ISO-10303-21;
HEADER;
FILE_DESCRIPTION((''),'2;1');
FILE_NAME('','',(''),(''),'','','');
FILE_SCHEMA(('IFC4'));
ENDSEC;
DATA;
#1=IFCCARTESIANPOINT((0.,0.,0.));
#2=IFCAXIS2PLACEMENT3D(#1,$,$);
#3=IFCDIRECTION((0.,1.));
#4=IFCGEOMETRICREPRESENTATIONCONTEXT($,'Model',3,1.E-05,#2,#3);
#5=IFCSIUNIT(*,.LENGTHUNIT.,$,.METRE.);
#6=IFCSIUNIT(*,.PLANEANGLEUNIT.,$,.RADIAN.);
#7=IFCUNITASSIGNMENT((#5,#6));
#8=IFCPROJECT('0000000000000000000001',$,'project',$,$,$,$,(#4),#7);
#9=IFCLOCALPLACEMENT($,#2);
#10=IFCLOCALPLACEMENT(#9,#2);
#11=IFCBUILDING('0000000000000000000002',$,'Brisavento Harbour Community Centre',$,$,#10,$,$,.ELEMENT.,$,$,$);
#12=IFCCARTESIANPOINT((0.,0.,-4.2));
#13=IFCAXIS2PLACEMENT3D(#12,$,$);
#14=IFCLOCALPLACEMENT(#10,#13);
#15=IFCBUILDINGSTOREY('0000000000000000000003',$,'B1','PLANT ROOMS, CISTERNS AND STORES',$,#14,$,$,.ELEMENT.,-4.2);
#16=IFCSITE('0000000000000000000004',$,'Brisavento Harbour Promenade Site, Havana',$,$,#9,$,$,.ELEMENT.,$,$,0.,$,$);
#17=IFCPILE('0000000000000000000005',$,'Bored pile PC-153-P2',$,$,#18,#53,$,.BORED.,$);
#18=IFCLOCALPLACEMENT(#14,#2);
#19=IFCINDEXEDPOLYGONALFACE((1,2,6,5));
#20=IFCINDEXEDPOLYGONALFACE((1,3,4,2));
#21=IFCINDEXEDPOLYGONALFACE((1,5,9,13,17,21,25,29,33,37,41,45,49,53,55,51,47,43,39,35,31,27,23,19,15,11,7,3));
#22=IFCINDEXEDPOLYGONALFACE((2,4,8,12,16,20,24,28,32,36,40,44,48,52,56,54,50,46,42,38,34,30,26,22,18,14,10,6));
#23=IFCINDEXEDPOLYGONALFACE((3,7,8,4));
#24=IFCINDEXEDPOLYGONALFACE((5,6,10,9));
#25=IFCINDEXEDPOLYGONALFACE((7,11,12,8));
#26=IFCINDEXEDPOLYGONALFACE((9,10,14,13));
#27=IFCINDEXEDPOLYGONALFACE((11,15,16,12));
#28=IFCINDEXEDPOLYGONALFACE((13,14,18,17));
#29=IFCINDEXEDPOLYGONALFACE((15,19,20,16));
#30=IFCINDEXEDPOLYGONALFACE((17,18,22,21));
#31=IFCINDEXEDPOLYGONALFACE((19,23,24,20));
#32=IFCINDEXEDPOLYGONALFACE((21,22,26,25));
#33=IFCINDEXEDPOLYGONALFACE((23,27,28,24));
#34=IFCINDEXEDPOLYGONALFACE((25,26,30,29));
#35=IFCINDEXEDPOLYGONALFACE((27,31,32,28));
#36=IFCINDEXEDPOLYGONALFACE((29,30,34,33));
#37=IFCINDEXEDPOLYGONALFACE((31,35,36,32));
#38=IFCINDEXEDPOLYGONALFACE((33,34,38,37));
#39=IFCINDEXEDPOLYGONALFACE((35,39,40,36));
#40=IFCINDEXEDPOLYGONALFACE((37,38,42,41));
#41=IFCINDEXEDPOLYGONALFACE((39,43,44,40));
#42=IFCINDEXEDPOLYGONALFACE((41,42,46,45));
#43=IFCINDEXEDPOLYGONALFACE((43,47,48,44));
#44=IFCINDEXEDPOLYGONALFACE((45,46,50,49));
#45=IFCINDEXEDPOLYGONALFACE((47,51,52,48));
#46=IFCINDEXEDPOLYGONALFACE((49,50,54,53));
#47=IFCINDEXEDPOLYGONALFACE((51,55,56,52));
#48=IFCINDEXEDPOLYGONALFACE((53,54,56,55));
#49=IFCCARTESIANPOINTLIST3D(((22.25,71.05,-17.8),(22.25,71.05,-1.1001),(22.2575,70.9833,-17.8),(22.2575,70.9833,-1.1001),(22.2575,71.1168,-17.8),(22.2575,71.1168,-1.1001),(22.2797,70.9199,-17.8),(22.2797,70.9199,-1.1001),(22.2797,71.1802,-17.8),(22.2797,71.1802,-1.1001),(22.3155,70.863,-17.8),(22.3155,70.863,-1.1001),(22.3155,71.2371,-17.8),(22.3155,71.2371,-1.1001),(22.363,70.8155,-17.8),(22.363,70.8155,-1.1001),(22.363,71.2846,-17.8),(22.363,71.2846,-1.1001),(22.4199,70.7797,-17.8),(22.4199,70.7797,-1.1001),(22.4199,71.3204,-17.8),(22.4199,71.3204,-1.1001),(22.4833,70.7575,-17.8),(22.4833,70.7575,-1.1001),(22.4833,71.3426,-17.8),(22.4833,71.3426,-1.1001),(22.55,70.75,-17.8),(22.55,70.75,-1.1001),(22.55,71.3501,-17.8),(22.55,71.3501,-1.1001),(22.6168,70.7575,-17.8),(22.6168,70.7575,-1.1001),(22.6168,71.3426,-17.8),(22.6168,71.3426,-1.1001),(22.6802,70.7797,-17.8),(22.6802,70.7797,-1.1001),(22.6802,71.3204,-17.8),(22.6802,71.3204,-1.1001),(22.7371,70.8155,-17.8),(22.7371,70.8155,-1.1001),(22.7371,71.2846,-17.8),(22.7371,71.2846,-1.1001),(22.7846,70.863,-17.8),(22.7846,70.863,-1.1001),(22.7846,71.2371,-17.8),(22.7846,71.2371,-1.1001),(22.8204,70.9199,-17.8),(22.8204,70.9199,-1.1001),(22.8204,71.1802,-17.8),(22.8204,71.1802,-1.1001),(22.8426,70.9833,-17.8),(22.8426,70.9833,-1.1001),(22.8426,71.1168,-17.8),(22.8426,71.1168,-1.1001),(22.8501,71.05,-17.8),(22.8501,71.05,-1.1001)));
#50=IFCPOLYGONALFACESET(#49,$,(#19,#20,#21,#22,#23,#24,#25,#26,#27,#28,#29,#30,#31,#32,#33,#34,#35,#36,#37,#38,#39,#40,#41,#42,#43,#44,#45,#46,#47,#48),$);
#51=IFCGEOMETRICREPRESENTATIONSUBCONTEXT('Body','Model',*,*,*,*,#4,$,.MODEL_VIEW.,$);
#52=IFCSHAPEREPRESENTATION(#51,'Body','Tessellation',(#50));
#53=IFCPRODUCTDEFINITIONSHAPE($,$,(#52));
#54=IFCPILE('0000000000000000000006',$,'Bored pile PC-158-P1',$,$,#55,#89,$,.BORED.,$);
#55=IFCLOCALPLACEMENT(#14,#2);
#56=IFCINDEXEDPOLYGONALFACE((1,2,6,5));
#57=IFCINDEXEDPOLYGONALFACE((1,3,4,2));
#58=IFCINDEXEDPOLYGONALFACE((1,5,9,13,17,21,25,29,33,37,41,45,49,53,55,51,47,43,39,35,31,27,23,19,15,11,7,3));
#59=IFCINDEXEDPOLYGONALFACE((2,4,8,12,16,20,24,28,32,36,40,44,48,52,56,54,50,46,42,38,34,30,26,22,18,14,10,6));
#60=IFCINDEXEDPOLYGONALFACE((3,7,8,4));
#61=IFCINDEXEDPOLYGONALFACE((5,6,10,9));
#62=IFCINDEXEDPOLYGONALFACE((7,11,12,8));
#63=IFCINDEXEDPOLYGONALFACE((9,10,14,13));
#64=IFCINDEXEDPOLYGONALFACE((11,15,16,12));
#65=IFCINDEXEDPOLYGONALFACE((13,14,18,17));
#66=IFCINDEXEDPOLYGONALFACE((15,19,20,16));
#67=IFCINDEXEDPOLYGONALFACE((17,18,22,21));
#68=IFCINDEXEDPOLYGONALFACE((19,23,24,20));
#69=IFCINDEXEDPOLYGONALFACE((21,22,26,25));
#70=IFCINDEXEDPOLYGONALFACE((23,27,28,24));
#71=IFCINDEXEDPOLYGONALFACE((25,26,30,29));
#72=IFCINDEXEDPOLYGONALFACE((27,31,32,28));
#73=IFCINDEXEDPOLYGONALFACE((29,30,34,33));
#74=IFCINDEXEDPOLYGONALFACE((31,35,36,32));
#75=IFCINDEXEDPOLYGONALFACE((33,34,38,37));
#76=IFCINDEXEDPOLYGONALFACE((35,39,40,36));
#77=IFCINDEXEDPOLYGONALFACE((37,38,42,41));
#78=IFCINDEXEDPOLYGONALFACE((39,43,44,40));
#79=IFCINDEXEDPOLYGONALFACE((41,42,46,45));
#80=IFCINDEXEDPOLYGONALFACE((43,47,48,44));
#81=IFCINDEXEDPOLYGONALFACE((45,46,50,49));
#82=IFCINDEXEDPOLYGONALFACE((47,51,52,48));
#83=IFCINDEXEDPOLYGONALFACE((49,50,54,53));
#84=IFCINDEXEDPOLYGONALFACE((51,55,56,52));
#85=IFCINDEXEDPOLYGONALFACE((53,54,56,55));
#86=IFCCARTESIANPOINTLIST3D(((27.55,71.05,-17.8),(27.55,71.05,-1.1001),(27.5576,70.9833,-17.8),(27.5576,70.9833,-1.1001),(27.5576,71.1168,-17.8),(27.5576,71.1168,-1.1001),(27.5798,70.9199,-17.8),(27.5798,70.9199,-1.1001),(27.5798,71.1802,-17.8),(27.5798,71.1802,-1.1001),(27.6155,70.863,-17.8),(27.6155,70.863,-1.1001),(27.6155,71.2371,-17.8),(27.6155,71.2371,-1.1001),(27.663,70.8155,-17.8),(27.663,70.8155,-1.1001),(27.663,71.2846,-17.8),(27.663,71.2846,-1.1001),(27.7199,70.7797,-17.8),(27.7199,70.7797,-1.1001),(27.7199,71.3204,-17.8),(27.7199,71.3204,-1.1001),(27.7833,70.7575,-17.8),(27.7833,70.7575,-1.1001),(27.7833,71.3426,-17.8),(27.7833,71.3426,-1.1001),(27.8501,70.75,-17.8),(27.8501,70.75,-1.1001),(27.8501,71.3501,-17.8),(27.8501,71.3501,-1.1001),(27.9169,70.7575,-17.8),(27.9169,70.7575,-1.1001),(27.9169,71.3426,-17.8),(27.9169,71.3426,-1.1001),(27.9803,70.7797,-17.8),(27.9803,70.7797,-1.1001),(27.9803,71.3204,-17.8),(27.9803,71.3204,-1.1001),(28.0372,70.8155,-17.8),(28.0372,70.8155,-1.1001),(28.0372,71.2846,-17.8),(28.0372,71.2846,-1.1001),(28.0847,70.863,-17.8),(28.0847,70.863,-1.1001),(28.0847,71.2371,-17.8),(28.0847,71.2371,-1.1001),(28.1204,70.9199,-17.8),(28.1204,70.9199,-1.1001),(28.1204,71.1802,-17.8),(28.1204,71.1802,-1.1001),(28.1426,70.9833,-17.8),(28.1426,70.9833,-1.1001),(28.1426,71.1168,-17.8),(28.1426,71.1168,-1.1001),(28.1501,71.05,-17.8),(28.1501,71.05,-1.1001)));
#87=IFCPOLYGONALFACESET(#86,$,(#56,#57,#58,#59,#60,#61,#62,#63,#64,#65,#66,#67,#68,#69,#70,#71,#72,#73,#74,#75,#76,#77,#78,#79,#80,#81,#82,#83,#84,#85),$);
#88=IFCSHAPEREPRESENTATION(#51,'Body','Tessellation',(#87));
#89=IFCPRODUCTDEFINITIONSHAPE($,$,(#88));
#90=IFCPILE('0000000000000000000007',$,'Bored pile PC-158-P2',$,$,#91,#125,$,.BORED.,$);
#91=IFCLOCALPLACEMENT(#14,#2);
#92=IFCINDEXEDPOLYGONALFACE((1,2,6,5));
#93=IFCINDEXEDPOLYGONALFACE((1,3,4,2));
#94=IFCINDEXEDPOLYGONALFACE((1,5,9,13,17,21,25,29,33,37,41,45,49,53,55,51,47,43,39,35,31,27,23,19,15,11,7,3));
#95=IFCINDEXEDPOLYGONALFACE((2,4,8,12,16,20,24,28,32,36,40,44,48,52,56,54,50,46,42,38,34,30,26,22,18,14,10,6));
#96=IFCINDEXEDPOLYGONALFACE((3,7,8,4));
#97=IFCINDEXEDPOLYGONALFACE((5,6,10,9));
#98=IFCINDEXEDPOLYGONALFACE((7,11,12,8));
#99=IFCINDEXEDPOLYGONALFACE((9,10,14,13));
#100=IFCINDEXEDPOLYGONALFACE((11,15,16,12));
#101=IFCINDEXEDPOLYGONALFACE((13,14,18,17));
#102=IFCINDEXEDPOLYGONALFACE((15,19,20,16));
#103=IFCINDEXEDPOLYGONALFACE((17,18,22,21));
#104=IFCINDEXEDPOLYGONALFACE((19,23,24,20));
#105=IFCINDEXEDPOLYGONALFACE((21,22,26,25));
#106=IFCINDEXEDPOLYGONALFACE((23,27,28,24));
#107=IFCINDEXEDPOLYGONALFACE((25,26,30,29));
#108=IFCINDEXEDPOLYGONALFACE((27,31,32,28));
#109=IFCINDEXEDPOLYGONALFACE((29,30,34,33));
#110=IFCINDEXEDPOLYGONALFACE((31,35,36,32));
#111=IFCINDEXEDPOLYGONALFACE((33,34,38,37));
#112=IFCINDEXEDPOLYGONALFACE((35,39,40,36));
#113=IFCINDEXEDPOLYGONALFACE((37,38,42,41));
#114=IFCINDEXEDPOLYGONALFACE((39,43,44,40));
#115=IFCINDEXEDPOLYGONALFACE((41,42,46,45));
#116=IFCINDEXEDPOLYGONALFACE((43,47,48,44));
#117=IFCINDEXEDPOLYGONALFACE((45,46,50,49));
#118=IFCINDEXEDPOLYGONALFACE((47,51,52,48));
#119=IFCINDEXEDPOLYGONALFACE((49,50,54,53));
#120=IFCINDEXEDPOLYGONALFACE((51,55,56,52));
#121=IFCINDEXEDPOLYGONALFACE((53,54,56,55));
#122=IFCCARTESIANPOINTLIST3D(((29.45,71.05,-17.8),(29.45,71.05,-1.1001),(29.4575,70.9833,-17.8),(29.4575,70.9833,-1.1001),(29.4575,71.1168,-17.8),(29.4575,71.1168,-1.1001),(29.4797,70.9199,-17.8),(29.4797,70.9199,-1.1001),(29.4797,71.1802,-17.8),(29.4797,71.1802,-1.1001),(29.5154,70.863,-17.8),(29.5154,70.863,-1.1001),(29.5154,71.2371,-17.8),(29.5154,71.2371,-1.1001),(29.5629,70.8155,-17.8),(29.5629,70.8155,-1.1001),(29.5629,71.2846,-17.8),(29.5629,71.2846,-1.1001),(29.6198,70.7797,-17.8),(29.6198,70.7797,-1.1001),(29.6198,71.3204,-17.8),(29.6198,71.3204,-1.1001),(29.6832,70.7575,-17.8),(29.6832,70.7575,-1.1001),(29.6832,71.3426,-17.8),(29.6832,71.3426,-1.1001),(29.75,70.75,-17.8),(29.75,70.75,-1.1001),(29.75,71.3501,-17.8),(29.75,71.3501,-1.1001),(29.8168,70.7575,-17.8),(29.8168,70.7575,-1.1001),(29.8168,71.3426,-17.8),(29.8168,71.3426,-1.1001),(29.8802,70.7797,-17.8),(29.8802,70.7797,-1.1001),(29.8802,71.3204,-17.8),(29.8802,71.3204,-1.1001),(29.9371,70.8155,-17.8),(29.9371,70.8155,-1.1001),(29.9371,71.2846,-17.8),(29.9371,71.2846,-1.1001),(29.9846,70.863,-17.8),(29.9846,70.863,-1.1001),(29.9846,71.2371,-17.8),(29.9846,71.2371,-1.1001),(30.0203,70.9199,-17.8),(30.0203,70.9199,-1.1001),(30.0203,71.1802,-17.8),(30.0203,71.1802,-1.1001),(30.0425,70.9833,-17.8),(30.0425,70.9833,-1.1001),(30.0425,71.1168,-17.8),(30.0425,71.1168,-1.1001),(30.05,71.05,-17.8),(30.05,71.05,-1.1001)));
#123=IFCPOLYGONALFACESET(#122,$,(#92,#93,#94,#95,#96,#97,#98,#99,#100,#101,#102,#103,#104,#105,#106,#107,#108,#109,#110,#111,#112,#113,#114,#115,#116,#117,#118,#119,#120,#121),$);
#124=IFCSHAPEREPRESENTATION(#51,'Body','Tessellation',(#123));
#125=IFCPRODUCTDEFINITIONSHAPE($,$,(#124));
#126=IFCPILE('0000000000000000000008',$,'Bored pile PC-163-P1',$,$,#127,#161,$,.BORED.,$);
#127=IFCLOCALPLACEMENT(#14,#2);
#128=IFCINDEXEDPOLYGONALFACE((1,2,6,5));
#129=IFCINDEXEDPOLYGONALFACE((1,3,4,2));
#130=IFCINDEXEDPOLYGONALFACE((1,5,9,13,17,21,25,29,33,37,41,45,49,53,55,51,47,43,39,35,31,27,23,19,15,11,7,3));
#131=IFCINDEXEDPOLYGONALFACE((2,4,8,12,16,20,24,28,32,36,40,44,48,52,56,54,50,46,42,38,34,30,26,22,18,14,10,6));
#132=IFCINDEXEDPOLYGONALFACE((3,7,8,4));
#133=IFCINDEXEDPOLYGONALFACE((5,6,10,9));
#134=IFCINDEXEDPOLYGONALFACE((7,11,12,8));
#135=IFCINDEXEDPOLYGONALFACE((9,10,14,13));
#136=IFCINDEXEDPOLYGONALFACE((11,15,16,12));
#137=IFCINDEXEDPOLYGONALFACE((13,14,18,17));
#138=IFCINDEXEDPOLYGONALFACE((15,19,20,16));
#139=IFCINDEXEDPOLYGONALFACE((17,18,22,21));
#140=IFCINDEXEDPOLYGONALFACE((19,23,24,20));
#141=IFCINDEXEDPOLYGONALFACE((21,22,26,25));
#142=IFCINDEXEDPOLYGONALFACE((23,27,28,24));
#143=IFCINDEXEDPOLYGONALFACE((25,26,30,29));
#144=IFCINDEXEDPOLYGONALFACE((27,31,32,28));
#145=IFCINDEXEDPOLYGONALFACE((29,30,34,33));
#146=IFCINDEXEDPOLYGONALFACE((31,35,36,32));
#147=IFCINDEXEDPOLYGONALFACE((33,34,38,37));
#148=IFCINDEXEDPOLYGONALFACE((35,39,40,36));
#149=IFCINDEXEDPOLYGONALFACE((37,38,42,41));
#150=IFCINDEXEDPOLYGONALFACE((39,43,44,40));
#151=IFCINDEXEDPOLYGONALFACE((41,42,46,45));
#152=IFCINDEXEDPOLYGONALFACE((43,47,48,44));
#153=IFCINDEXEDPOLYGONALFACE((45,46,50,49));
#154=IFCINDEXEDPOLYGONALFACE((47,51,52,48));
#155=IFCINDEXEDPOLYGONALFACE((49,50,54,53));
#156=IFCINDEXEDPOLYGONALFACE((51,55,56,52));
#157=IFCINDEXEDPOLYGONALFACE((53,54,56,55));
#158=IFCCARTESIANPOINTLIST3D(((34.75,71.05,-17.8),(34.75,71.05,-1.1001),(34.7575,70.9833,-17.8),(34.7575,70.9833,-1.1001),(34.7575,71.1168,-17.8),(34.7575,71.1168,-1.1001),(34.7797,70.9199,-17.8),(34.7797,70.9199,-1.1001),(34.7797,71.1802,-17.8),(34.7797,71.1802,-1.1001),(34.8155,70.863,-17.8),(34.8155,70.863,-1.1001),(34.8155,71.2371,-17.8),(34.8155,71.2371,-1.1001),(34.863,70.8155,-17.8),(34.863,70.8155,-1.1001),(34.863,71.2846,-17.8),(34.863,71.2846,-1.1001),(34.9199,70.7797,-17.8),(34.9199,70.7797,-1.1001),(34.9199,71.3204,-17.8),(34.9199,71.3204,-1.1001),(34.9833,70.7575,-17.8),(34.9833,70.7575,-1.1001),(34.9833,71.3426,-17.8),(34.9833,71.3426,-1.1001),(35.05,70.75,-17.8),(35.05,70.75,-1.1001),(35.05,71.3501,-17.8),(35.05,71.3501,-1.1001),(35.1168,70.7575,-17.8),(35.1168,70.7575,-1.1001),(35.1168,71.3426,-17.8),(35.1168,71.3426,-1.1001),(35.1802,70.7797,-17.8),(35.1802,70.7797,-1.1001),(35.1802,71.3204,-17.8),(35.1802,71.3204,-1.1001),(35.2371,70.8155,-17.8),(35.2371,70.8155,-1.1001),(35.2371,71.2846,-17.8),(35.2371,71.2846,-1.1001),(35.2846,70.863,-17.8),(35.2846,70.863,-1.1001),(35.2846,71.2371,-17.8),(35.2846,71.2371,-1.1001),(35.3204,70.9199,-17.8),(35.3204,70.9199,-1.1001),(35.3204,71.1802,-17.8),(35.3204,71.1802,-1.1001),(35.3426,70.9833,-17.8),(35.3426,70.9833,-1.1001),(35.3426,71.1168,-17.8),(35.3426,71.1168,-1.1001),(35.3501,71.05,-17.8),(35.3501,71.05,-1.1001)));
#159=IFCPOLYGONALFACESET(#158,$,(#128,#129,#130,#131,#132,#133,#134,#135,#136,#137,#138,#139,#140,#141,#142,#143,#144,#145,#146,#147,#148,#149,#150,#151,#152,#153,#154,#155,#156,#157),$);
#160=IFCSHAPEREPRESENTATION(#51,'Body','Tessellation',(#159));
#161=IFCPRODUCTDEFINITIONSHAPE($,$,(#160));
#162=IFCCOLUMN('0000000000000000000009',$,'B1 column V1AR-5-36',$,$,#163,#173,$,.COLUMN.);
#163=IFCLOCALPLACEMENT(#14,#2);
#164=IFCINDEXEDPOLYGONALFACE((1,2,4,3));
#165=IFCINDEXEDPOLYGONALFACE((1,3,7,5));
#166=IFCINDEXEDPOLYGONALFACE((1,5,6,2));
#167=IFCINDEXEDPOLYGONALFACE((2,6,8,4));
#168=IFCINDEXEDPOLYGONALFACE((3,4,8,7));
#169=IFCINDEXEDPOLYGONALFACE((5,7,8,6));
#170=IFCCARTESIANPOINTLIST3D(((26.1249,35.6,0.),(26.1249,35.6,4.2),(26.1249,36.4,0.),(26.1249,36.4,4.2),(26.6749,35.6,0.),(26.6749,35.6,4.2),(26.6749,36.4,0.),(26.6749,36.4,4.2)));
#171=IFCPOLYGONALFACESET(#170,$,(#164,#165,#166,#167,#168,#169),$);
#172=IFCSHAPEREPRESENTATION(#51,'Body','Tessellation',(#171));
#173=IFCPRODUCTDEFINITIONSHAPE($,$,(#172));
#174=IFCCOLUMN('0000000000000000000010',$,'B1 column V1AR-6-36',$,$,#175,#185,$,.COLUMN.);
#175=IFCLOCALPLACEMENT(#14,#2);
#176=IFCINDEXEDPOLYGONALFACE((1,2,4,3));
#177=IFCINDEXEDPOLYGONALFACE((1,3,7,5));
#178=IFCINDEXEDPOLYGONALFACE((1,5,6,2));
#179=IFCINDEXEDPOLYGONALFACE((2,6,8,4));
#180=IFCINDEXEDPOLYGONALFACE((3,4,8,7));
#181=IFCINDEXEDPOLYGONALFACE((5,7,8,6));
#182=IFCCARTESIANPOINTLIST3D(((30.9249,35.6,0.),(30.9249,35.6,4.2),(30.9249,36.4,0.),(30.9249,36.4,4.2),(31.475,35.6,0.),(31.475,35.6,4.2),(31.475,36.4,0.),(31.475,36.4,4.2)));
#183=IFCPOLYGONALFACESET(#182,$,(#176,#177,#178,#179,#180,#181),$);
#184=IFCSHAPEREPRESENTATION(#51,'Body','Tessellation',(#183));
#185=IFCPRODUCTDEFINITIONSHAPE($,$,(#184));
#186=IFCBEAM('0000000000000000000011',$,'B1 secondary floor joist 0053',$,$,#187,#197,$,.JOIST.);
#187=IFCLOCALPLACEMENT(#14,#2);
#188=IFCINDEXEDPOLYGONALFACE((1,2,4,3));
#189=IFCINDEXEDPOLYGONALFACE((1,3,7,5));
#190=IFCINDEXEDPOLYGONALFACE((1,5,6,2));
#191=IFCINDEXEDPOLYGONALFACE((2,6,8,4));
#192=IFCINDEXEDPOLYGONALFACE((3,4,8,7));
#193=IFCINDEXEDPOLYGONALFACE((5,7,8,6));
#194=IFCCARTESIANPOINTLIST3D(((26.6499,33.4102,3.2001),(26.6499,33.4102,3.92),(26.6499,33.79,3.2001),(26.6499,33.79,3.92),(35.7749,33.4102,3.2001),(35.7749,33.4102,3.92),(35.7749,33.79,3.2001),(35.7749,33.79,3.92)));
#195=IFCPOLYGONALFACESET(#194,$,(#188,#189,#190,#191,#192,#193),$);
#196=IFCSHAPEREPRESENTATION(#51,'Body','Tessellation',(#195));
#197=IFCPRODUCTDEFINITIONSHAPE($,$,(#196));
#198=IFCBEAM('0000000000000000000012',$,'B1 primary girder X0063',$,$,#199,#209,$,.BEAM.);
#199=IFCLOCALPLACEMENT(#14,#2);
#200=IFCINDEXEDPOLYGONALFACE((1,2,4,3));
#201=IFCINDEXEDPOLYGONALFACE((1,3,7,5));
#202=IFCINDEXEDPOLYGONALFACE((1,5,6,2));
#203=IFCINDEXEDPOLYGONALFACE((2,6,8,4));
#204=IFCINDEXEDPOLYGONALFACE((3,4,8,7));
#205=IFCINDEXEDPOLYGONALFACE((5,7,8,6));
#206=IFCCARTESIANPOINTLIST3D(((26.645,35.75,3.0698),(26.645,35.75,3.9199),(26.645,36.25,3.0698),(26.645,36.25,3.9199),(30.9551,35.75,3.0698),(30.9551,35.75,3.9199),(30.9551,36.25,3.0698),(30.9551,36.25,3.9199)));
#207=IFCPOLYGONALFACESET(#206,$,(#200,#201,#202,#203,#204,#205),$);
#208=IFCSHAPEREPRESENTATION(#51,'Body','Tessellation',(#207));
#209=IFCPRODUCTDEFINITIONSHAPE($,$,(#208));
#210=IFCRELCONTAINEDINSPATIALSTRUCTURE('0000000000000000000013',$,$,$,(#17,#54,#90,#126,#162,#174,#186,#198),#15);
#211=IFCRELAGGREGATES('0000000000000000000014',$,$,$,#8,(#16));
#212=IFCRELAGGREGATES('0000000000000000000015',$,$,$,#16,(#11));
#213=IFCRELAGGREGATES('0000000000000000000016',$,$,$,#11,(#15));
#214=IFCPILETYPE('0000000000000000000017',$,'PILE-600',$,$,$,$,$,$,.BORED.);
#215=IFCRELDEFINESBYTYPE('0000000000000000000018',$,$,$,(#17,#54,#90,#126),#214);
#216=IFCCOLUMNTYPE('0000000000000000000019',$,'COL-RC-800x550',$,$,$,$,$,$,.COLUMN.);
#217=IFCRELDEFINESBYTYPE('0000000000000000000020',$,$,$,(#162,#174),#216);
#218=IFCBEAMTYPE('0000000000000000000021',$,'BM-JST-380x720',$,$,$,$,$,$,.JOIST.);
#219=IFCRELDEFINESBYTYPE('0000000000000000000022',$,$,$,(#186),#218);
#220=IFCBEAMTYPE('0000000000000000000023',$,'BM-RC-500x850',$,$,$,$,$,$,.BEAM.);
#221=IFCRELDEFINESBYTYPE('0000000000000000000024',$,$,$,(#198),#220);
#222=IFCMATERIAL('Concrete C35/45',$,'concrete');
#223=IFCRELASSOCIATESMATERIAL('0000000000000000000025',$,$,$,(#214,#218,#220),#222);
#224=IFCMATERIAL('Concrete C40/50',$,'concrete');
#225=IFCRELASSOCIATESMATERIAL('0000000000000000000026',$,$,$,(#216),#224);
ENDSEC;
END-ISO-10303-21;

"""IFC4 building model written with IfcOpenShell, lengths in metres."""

from ifc_helpers import new_model, si_unit, direction, frame, origin, origin_2d, place, context, subcontext, project, spatial, rectangle, circle, extrude, material, material_profile, profile_set, type_object, element, save


model = new_model("IFC4")

# Units and contexts
model_context = context("Model", 3, precision=1e-05, world=origin(), true_north=direction((0.0, 1.0)))
body_context = subcontext(model_context, "Body", "Model", "MODEL_VIEW")
ifc_project = project(units=[si_unit("LENGTHUNIT", "METRE"), si_unit("PLANEANGLEUNIT", "RADIAN")], contexts=[model_context])

# Site, building, storey
site_placement = place(None, origin())
site = spatial("IfcSite", under=ifc_project, at=site_placement, Name="Brisavento Harbour Promenade Site, Havana", CompositionType="ELEMENT", RefElevation=0.0)
building_placement = place(site_placement, origin())
building = spatial("IfcBuilding", under=site, at=building_placement, Name="Brisavento Harbour Community Centre", CompositionType="ELEMENT")
storey_placement = place(building_placement, frame((0.0, 0.0, -4.2)))
storey = spatial("IfcBuildingStorey", under=building, at=storey_placement, Name="B1", Description="PLANT ROOMS, CISTERNS AND STORES", CompositionType="ELEMENT", Elevation=-4.2)

# Shared definitions
ifc_material_1 = material(Name="Concrete C35/45", Category="concrete")

# Piles
ifc_material_profile_1 = material_profile(ifc_material_1, circle(Radius=0.3, at=origin_2d()), Name="Concrete C35/45")
ifc_profile_set_1 = profile_set([ifc_material_profile_1], Name="Concrete C35/45")
pile_type = type_object("IfcPileType", Name="PILE-600", PredefinedType="BORED", material=ifc_profile_set_1)
for number, where, z_axis, x_axis, name in (
    (1, (22.55, 71.05, -1.1001), (0.0, 0.0, -1.0), (1.0, 0.0, 0.0), "Bored pile PC-153-P2"),
    (2, (27.8501, 71.05, -1.1001), (0.0, 0.0, -1.0), (1.0, 0.0, 0.0), "Bored pile PC-158-P1"),
    (3, (29.75, 71.05, -1.1001), (0.0, 0.0, -1.0), (1.0, 0.0, 0.0), "Bored pile PC-158-P2"),
    (4, (35.05, 71.05, -1.1001), (0.0, 0.0, -1.0), (1.0, 0.0, 0.0), "Bored pile PC-163-P1"),
):
    element("IfcPile", number, at=place(storey_placement, frame(where, z_axis=z_axis, x_axis=x_axis)), inside=storey, type_object=pile_type, Name=name, PredefinedType="BORED", context=body_context, shape_type="SweptSolid", body=[
        extrude(circle(Radius=0.3, at=origin_2d()), origin(), (0.0, 0.0, 1.0), 16.7),
    ])

# Columns
ifc_material_2 = material(Name="Concrete C40/50", Category="concrete")
ifc_material_profile_2 = material_profile(ifc_material_2, rectangle(XDim=0.55, YDim=0.8, at=origin_2d()), Name="Concrete C40/50")
ifc_profile_set_2 = profile_set([ifc_material_profile_2], Name="Concrete C40/50")
column_type = type_object("IfcColumnType", Name="COL-RC-800x550", PredefinedType="COLUMN", material=ifc_profile_set_2)
for number, where, z_axis, x_axis, name in (
    (5, (26.3999, 36.0, 0.0), (0.0, 0.0, 1.0), (1.0, 0.0, 0.0), "B1 column V1AR-5-36"),
    (6, (31.2, 36.0, 0.0), (0.0, 0.0, 1.0), (1.0, 0.0, 0.0), "B1 column V1AR-6-36"),
):
    element("IfcColumn", number, at=place(storey_placement, frame(where, z_axis=z_axis, x_axis=x_axis)), inside=storey, type_object=column_type, Name=name, PredefinedType="COLUMN", context=body_context, shape_type="SweptSolid", body=[
        extrude(rectangle(XDim=0.55, YDim=0.8, at=origin_2d()), origin(), (0.0, 0.0, 1.0), 4.2),
    ])

# Beams
ifc_material_profile_3 = material_profile(ifc_material_1, rectangle(XDim=0.3799, YDim=0.72, at=origin_2d()), Name="Concrete C35/45")
ifc_profile_set_3 = profile_set([ifc_material_profile_3], Name="Concrete C35/45")
beam_type_1 = type_object("IfcBeamType", Name="BM-JST-380x720", PredefinedType="JOIST", material=ifc_profile_set_3)
beam_1_placement = place(storey_placement, frame((26.6499, 33.6001, 3.5601), z_axis=(1.0, 0.0, 0.0), x_axis=(0.0, 1.0, 0.0)))
element("IfcBeam", 7, at=beam_1_placement, inside=storey, type_object=beam_type_1, Name="B1 secondary floor joist 0053", PredefinedType="JOIST", context=body_context, shape_type="SweptSolid", body=[
    extrude(rectangle(XDim=0.3799, YDim=0.72, at=origin_2d()), origin(), (0.0, 0.0, 1.0), 9.125),
])
ifc_material_profile_4 = material_profile(ifc_material_1, rectangle(XDim=0.5, YDim=0.8501, at=origin_2d()), Name="Concrete C35/45")
ifc_profile_set_4 = profile_set([ifc_material_profile_4], Name="Concrete C35/45")
beam_type_2 = type_object("IfcBeamType", Name="BM-RC-500x850", PredefinedType="BEAM", material=ifc_profile_set_4)
beam_2_placement = place(storey_placement, frame((26.645, 36.0, 3.4949), z_axis=(1.0, 0.0, 0.0), x_axis=(0.0, 1.0, 0.0)))
element("IfcBeam", 8, at=beam_2_placement, inside=storey, type_object=beam_type_2, Name="B1 primary girder X0063", PredefinedType="BEAM", context=body_context, shape_type="SweptSolid", body=[
    extrude(rectangle(XDim=0.5, YDim=0.8501, at=origin_2d()), origin(), (0.0, 0.0, 1.0), 4.3101),
])

save(model, "model.ifc")
